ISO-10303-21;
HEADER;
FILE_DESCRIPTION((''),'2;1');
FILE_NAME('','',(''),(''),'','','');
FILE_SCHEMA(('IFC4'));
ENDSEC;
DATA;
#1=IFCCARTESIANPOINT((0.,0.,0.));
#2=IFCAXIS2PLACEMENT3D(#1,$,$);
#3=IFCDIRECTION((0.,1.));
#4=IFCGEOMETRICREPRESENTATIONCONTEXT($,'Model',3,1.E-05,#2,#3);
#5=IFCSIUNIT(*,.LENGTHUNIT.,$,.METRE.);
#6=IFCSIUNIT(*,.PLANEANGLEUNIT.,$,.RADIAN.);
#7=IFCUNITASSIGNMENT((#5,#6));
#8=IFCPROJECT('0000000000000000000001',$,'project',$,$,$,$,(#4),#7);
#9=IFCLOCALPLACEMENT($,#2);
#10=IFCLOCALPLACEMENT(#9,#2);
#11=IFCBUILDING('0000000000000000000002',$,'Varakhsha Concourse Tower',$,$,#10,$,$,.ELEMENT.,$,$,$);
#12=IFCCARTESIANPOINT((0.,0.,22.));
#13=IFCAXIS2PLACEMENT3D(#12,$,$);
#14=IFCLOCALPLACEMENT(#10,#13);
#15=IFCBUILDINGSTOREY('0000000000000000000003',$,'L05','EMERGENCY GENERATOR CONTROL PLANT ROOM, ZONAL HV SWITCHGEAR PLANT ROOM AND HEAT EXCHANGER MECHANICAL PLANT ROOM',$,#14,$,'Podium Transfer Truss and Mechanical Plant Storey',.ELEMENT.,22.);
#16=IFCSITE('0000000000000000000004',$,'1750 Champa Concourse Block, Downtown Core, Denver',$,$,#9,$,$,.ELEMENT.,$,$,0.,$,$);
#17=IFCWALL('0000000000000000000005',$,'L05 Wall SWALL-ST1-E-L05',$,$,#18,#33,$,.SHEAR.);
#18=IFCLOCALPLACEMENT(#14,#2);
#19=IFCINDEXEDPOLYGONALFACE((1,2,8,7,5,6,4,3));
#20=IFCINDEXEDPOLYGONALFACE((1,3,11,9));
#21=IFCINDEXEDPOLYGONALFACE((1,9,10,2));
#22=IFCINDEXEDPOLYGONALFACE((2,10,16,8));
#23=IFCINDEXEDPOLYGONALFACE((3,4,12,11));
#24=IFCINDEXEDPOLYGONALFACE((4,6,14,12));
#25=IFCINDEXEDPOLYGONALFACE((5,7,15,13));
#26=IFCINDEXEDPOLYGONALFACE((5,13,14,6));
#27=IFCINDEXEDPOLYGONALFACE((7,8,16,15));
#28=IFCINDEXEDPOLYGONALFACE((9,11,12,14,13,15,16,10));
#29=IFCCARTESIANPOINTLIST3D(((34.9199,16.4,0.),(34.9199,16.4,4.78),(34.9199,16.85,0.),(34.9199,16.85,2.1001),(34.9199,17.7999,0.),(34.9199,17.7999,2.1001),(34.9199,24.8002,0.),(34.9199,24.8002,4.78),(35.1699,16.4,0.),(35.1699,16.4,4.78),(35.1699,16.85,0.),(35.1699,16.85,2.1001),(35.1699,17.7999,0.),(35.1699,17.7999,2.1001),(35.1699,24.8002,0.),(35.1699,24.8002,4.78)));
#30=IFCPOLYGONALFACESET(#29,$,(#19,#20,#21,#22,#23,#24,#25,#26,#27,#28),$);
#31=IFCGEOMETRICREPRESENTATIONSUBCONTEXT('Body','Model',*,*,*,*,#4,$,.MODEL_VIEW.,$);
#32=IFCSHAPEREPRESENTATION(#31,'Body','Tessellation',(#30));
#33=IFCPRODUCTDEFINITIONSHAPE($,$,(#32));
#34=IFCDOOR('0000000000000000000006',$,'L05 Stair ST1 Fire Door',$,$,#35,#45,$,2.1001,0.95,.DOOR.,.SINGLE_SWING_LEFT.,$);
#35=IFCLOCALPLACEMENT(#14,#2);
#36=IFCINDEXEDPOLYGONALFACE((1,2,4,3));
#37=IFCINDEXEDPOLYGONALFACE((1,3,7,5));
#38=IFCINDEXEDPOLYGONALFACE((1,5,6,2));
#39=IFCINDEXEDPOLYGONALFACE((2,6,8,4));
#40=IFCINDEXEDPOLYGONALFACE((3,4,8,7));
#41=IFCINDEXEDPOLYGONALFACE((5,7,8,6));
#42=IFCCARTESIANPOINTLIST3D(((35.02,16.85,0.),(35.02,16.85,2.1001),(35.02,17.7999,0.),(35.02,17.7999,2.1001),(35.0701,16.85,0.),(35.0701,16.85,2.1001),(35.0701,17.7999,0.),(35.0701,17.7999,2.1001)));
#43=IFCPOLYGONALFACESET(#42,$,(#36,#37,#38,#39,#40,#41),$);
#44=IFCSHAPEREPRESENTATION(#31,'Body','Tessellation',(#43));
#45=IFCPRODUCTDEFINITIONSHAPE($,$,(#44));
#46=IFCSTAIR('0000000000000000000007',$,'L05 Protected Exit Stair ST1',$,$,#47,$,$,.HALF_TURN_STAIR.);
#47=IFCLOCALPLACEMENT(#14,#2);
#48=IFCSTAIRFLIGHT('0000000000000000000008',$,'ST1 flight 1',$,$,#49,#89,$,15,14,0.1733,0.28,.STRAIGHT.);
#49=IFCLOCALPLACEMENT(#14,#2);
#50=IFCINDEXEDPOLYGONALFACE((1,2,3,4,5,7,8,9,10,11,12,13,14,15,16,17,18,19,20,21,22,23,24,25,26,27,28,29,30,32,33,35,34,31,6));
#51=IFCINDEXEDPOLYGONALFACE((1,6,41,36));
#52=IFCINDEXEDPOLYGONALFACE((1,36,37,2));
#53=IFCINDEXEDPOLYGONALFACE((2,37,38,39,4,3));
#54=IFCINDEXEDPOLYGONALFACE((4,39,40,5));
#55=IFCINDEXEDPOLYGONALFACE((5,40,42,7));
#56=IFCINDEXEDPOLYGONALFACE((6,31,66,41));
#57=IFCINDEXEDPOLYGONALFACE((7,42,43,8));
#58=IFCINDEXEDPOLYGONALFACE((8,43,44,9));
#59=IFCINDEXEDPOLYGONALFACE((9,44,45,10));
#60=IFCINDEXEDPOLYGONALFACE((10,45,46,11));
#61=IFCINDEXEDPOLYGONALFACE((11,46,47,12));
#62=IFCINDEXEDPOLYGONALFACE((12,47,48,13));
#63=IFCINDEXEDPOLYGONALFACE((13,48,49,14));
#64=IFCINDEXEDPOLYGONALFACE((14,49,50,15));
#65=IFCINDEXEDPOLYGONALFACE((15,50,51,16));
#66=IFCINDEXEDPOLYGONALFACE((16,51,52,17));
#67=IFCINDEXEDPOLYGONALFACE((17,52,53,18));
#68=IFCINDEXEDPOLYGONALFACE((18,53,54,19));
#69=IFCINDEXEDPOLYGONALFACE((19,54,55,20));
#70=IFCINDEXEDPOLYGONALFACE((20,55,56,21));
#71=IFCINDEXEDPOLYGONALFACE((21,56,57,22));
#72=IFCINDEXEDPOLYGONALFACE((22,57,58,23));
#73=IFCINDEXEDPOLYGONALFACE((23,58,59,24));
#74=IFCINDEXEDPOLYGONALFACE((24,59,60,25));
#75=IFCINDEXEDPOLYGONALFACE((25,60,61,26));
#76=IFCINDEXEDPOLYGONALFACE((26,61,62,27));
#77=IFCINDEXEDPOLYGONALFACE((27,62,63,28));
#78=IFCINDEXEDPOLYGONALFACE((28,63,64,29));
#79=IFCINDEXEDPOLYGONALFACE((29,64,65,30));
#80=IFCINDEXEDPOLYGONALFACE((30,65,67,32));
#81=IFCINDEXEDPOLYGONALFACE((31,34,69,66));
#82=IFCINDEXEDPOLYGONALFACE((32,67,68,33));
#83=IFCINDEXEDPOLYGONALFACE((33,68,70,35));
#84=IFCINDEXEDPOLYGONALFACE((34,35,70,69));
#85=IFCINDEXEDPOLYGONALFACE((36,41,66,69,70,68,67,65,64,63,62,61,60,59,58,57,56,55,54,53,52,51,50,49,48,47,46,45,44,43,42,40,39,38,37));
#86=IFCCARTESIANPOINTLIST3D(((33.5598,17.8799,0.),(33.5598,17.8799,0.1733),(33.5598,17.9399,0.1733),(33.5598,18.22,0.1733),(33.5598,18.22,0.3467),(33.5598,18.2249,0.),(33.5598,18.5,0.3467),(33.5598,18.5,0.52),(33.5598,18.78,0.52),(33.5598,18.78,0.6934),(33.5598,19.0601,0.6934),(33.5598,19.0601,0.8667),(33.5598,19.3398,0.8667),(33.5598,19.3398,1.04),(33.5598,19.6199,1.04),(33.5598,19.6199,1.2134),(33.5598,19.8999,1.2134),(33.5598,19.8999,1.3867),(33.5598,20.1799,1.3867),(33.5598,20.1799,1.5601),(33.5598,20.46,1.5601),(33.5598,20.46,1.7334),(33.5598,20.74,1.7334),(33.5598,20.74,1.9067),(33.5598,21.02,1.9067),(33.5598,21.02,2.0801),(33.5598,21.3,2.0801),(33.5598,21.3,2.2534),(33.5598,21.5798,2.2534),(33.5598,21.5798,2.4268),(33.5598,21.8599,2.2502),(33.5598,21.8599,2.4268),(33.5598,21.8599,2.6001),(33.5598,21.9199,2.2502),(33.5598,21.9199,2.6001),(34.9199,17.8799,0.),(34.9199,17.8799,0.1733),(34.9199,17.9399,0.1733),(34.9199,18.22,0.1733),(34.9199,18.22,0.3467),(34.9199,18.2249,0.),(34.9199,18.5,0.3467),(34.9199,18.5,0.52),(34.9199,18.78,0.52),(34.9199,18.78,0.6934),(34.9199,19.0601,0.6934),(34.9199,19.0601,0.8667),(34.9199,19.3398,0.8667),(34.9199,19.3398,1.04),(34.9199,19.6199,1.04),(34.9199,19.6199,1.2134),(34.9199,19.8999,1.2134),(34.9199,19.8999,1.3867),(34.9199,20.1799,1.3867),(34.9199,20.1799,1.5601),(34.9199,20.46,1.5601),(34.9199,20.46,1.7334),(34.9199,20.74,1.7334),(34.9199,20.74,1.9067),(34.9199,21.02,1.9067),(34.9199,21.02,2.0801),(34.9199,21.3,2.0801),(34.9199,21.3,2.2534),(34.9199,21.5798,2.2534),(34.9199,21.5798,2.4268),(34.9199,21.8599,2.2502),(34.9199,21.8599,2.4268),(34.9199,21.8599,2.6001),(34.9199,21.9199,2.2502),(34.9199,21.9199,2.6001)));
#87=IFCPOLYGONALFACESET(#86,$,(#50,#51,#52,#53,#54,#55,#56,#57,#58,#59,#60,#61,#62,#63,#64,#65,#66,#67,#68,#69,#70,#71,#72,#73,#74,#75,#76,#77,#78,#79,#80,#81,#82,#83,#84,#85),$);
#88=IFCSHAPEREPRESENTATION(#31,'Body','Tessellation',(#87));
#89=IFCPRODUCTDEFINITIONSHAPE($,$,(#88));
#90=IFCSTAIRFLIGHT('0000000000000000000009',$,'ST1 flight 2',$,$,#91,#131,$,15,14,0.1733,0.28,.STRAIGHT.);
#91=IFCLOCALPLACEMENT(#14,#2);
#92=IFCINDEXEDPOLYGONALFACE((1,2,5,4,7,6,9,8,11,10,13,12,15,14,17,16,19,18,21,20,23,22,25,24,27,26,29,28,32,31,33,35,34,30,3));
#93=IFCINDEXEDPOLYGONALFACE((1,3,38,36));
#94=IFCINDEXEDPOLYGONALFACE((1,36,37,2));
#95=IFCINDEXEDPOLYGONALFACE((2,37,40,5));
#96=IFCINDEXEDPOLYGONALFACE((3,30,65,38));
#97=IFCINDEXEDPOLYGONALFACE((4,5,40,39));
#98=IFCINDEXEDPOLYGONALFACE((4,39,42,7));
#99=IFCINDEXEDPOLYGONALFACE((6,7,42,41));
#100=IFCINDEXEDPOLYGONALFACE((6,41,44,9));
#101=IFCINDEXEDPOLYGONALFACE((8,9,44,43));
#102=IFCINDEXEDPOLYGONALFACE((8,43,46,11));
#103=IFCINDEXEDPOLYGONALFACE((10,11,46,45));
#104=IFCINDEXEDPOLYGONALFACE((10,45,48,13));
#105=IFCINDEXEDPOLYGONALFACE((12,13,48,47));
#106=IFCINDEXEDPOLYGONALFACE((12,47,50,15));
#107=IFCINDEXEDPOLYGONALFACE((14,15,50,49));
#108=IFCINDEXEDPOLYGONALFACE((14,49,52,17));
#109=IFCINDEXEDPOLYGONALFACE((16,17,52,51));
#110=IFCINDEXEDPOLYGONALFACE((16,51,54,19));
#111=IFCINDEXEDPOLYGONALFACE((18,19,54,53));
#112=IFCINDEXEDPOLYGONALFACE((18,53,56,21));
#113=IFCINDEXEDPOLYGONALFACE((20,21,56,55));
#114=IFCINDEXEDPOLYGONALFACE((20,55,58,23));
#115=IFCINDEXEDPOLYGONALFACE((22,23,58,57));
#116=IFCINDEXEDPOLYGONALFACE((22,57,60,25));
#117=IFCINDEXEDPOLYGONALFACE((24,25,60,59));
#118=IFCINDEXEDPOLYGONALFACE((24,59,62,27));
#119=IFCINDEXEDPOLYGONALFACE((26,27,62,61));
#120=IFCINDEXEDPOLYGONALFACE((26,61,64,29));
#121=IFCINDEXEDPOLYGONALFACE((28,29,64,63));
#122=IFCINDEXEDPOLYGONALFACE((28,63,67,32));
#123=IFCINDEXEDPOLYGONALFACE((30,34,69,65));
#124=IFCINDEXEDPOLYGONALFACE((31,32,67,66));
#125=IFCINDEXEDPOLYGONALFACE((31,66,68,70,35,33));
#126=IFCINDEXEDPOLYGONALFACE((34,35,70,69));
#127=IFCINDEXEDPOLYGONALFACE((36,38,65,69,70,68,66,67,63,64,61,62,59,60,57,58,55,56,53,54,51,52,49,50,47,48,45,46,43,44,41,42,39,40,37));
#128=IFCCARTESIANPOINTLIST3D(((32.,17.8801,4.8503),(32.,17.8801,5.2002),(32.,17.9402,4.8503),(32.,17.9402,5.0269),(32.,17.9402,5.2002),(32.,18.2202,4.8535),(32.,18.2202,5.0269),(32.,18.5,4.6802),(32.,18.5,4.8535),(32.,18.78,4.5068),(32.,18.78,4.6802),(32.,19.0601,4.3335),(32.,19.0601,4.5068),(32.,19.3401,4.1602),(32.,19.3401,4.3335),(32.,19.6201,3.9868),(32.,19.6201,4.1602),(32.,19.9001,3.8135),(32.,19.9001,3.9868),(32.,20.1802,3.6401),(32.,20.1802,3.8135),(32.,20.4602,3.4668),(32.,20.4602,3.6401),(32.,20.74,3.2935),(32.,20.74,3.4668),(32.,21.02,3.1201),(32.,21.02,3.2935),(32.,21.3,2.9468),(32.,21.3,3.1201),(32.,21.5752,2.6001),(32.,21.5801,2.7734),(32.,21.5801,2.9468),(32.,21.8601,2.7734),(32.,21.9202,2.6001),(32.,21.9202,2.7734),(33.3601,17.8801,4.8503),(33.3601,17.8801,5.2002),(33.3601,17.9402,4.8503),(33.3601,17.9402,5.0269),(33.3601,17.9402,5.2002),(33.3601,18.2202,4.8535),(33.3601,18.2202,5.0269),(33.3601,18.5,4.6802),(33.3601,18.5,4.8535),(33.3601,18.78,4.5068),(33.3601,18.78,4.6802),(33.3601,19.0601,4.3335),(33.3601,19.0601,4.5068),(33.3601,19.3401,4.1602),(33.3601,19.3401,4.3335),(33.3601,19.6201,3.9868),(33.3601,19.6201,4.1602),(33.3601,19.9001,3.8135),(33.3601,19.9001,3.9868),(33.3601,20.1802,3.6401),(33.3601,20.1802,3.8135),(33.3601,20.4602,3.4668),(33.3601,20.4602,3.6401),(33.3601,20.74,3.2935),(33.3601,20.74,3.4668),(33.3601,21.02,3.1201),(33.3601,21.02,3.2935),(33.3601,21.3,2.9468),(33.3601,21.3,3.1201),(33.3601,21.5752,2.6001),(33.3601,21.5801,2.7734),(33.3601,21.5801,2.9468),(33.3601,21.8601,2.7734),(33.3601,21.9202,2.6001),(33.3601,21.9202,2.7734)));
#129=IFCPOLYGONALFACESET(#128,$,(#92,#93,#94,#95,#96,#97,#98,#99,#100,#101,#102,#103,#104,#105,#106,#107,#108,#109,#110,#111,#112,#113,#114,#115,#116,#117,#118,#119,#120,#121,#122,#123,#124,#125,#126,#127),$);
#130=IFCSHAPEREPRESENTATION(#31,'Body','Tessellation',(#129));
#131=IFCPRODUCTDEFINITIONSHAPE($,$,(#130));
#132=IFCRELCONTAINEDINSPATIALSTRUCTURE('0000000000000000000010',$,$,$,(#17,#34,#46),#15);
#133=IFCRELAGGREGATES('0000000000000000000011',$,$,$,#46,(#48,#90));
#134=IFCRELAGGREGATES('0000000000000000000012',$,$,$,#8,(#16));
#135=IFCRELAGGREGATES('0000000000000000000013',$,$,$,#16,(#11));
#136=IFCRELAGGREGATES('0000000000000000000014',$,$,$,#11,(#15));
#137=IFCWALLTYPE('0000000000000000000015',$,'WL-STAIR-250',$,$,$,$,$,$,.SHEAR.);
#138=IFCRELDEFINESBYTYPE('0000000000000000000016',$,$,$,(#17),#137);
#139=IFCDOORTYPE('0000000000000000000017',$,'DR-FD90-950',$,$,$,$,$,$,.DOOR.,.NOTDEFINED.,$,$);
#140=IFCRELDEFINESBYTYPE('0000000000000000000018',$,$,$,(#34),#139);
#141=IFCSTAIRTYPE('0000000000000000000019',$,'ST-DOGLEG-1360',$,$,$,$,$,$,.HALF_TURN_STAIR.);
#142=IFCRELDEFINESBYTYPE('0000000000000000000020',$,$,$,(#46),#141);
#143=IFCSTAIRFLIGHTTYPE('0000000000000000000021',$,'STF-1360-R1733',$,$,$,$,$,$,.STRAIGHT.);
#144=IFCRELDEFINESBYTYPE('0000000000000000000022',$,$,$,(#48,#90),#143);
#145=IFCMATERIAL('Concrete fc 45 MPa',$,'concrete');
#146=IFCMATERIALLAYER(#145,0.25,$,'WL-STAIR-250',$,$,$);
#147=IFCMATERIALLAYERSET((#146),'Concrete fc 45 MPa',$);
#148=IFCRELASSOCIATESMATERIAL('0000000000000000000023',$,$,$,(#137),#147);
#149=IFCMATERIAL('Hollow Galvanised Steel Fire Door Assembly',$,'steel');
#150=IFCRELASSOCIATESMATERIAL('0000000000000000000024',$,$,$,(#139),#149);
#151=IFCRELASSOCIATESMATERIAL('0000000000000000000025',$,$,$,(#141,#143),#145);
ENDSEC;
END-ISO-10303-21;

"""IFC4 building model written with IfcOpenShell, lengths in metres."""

from ifc_helpers import new_model, si_unit, direction, frame, frame_2d, origin, place, context, subcontext, project, spatial, polyline, rectangle, outline, extrude, material, layer, layer_set, type_object, element, fill, aggregate, save


model = new_model("IFC4")

# Units and contexts
model_context = context("Model", 3, precision=1e-05, world=origin(), true_north=direction((0.0, 1.0)))
body_context = subcontext(model_context, "Body", "Model", "MODEL_VIEW")
ifc_project = project(units=[si_unit("LENGTHUNIT", "METRE"), si_unit("PLANEANGLEUNIT", "RADIAN")], contexts=[model_context])

# Site, building, storey
site_placement = place(None, origin())
site = spatial("IfcSite", under=ifc_project, at=site_placement, Name="1750 Champa Concourse Block, Downtown Core, Denver", CompositionType="ELEMENT", RefElevation=0.0)
building_placement = place(site_placement, origin())
building = spatial("IfcBuilding", under=site, at=building_placement, Name="Varakhsha Concourse Tower", CompositionType="ELEMENT")
storey_placement = place(building_placement, frame((0.0, 0.0, 22.0)))
storey = spatial("IfcBuildingStorey", under=building, at=storey_placement, Name="L05", Description="EMERGENCY GENERATOR CONTROL PLANT ROOM, ZONAL HV SWITCHGEAR PLANT ROOM AND HEAT EXCHANGER MECHANICAL PLANT ROOM", LongName="Podium Transfer Truss and Mechanical Plant Storey", CompositionType="ELEMENT", Elevation=22.0)

# Shared definitions
ifc_material_1 = material(Name="Hollow Galvanised Steel Fire Door Assembly", Category="steel")

# Wall, opening, door
ifc_material_2 = material(Name="Concrete fc 45 MPa", Category="concrete")
ifc_layer_1 = layer(ifc_material_2, 0.25, Name="WL-STAIR-250")
ifc_layer_set_1 = layer_set([ifc_layer_1], Name="Concrete fc 45 MPa")
wall_type_1 = type_object("IfcWallType", Name="WL-STAIR-250", PredefinedType="SHEAR", material=ifc_layer_set_1)
wall_1_placement = place(storey_placement, frame((35.0449, 16.3999, 0.0), z_axis=(0.0, 0.0, 1.0), x_axis=(0.0, 1.0, 0.0)))
wall_1 = element("IfcWall", 1, at=wall_1_placement, inside=storey, type_object=wall_type_1, Name="L05 Wall SWALL-ST1-E-L05", PredefinedType="SHEAR", context=body_context, shape_type="SweptSolid", body=[
    extrude(rectangle(XDim=8.4001, YDim=0.25, at=frame_2d((4.2002, 0.0))), origin(), (0.0, 0.0, 1.0), 4.78),
])
opening_1_placement = place(wall_1_placement, frame((0.45, 0.0, 0.0)))
opening_1 = element("IfcOpeningElement", 2, at=opening_1_placement, cuts=wall_1, PredefinedType="OPENING", context=body_context, shape_type="SweptSolid", body=[
    extrude(rectangle(XDim=0.95, YDim=2.1001, at=frame_2d((0.4751, 1.05))), frame((0.0, 0.135, 0.0), z_axis=(0.0, -1.0, 0.0), x_axis=(1.0, 0.0, 0.0)), (0.0, 0.0, 1.0), 0.27),
])
door_type_1 = type_object("IfcDoorType", Name="DR-FD90-950", OperationType="NOTDEFINED", PredefinedType="DOOR", material=ifc_material_1)
door_1_placement = place(opening_1_placement, origin())
door_1 = element("IfcDoor", 3, at=door_1_placement, inside=storey, type_object=door_type_1, Name="L05 Stair ST1 Fire Door", OperationType="SINGLE_SWING_LEFT", OverallHeight=2.1001, OverallWidth=0.95, PredefinedType="DOOR", context=body_context, shape_type="SweptSolid", body=[
    extrude(rectangle(XDim=0.95, YDim=2.1001, at=frame_2d((0.4751, 1.05))), frame((0.0, 0.0249, 0.0), z_axis=(0.0, -1.0, 0.0), x_axis=(1.0, 0.0, 0.0)), (0.0, 0.0, 1.0), 0.05),
])
fill(opening_1, door_1)

# Stair, stair flights
stair_type = type_object("IfcStairType", Name="ST-DOGLEG-1360", PredefinedType="HALF_TURN_STAIR", material=ifc_material_2)
stair_placement = place(storey_placement, origin())
stair = element("IfcStair", 4, at=stair_placement, inside=storey, type_object=stair_type, Name="L05 Protected Exit Stair ST1", PredefinedType="HALF_TURN_STAIR")
stair_flight_type = type_object("IfcStairFlightType", Name="STF-1360-R1733", PredefinedType="STRAIGHT", material=ifc_material_2)
stair_flight_1_placement = place(storey_placement, frame((34.24, 17.9399, 0.0), z_axis=(0.0, 0.0, 1.0), x_axis=(0.0, 1.0, 0.0)))
stair_flight_1 = element("IfcStairFlight", 5, at=stair_flight_1_placement, type_object=stair_flight_type, Name="ST1 flight 1", NumberOfRisers=15, NumberOfTreads=14, PredefinedType="STRAIGHT", RiserHeight=0.1733, TreadLength=0.28, context=body_context, shape_type="SweptSolid", body=[
    extrude(outline(polyline([(-0.0601, 0.0), (-0.0601, 0.1733), (0.0, 0.1733), (0.28, 0.1733), (0.28, 0.3467), (0.5601, 0.3467), (0.5601, 0.52), (0.8401, 0.52), (0.8401, 0.6934), (1.1201, 0.6934), (1.1201, 0.8667), (1.3999, 0.8667), (1.3999, 1.04), (1.6799, 1.04), (1.6799, 1.2134), (1.96, 1.2134), (1.96, 1.3867), (2.24, 1.3867), (2.24, 1.5601), (2.52, 1.5601), (2.52, 1.7334), (2.8, 1.7334), (2.8, 1.9067), (3.0801, 1.9067), (3.0801, 2.0801), (3.3601, 2.0801), (3.3601, 2.2534), (3.6399, 2.2534), (3.6399, 2.4268), (3.9199, 2.4268), (3.9199, 2.6001), (3.98, 2.6001), (3.98, 2.2502), (3.9199, 2.2502), (0.2849, 0.0), (-0.0601, 0.0)])), frame((0.0, 0.6802, 0.0), z_axis=(0.0, -1.0, 0.0), x_axis=(1.0, 0.0, 0.0)), (0.0, 0.0, 1.0), 1.3601),
])
stair_flight_2_placement = place(storey_placement, frame((32.6799, 21.8601, 2.6001), z_axis=(0.0, 0.0, 1.0), x_axis=(0.0, -1.0, 0.0)))
stair_flight_2 = element("IfcStairFlight", 6, at=stair_flight_2_placement, type_object=stair_flight_type, Name="ST1 flight 2", NumberOfRisers=15, NumberOfTreads=14, PredefinedType="STRAIGHT", RiserHeight=0.1733, TreadLength=0.28, context=body_context, shape_type="SweptSolid", body=[
    extrude(outline(polyline([(-0.0601, 0.0), (-0.0601, 0.1733), (0.0, 0.1733), (0.28, 0.1733), (0.28, 0.3467), (0.5601, 0.3467), (0.5601, 0.52), (0.8401, 0.52), (0.8401, 0.6934), (1.1201, 0.6934), (1.1201, 0.8667), (1.3999, 0.8667), (1.3999, 1.04), (1.6799, 1.04), (1.6799, 1.2134), (1.96, 1.2134), (1.96, 1.3867), (2.24, 1.3867), (2.24, 1.5601), (2.52, 1.5601), (2.52, 1.7334), (2.8, 1.7334), (2.8, 1.9067), (3.0801, 1.9067), (3.0801, 2.0801), (3.3601, 2.0801), (3.3601, 2.2534), (3.6399, 2.2534), (3.6399, 2.4268), (3.9199, 2.4268), (3.9199, 2.6001), (3.98, 2.6001), (3.98, 2.2502), (3.9199, 2.2502), (0.2849, 0.0), (-0.0601, 0.0)])), frame((0.0, 0.6802, 0.0), z_axis=(0.0, -1.0, 0.0), x_axis=(1.0, 0.0, 0.0)), (0.0, 0.0, 1.0), 1.3601),
])
aggregate(stair, [stair_flight_1, stair_flight_2])

save(model, "model.ifc")
